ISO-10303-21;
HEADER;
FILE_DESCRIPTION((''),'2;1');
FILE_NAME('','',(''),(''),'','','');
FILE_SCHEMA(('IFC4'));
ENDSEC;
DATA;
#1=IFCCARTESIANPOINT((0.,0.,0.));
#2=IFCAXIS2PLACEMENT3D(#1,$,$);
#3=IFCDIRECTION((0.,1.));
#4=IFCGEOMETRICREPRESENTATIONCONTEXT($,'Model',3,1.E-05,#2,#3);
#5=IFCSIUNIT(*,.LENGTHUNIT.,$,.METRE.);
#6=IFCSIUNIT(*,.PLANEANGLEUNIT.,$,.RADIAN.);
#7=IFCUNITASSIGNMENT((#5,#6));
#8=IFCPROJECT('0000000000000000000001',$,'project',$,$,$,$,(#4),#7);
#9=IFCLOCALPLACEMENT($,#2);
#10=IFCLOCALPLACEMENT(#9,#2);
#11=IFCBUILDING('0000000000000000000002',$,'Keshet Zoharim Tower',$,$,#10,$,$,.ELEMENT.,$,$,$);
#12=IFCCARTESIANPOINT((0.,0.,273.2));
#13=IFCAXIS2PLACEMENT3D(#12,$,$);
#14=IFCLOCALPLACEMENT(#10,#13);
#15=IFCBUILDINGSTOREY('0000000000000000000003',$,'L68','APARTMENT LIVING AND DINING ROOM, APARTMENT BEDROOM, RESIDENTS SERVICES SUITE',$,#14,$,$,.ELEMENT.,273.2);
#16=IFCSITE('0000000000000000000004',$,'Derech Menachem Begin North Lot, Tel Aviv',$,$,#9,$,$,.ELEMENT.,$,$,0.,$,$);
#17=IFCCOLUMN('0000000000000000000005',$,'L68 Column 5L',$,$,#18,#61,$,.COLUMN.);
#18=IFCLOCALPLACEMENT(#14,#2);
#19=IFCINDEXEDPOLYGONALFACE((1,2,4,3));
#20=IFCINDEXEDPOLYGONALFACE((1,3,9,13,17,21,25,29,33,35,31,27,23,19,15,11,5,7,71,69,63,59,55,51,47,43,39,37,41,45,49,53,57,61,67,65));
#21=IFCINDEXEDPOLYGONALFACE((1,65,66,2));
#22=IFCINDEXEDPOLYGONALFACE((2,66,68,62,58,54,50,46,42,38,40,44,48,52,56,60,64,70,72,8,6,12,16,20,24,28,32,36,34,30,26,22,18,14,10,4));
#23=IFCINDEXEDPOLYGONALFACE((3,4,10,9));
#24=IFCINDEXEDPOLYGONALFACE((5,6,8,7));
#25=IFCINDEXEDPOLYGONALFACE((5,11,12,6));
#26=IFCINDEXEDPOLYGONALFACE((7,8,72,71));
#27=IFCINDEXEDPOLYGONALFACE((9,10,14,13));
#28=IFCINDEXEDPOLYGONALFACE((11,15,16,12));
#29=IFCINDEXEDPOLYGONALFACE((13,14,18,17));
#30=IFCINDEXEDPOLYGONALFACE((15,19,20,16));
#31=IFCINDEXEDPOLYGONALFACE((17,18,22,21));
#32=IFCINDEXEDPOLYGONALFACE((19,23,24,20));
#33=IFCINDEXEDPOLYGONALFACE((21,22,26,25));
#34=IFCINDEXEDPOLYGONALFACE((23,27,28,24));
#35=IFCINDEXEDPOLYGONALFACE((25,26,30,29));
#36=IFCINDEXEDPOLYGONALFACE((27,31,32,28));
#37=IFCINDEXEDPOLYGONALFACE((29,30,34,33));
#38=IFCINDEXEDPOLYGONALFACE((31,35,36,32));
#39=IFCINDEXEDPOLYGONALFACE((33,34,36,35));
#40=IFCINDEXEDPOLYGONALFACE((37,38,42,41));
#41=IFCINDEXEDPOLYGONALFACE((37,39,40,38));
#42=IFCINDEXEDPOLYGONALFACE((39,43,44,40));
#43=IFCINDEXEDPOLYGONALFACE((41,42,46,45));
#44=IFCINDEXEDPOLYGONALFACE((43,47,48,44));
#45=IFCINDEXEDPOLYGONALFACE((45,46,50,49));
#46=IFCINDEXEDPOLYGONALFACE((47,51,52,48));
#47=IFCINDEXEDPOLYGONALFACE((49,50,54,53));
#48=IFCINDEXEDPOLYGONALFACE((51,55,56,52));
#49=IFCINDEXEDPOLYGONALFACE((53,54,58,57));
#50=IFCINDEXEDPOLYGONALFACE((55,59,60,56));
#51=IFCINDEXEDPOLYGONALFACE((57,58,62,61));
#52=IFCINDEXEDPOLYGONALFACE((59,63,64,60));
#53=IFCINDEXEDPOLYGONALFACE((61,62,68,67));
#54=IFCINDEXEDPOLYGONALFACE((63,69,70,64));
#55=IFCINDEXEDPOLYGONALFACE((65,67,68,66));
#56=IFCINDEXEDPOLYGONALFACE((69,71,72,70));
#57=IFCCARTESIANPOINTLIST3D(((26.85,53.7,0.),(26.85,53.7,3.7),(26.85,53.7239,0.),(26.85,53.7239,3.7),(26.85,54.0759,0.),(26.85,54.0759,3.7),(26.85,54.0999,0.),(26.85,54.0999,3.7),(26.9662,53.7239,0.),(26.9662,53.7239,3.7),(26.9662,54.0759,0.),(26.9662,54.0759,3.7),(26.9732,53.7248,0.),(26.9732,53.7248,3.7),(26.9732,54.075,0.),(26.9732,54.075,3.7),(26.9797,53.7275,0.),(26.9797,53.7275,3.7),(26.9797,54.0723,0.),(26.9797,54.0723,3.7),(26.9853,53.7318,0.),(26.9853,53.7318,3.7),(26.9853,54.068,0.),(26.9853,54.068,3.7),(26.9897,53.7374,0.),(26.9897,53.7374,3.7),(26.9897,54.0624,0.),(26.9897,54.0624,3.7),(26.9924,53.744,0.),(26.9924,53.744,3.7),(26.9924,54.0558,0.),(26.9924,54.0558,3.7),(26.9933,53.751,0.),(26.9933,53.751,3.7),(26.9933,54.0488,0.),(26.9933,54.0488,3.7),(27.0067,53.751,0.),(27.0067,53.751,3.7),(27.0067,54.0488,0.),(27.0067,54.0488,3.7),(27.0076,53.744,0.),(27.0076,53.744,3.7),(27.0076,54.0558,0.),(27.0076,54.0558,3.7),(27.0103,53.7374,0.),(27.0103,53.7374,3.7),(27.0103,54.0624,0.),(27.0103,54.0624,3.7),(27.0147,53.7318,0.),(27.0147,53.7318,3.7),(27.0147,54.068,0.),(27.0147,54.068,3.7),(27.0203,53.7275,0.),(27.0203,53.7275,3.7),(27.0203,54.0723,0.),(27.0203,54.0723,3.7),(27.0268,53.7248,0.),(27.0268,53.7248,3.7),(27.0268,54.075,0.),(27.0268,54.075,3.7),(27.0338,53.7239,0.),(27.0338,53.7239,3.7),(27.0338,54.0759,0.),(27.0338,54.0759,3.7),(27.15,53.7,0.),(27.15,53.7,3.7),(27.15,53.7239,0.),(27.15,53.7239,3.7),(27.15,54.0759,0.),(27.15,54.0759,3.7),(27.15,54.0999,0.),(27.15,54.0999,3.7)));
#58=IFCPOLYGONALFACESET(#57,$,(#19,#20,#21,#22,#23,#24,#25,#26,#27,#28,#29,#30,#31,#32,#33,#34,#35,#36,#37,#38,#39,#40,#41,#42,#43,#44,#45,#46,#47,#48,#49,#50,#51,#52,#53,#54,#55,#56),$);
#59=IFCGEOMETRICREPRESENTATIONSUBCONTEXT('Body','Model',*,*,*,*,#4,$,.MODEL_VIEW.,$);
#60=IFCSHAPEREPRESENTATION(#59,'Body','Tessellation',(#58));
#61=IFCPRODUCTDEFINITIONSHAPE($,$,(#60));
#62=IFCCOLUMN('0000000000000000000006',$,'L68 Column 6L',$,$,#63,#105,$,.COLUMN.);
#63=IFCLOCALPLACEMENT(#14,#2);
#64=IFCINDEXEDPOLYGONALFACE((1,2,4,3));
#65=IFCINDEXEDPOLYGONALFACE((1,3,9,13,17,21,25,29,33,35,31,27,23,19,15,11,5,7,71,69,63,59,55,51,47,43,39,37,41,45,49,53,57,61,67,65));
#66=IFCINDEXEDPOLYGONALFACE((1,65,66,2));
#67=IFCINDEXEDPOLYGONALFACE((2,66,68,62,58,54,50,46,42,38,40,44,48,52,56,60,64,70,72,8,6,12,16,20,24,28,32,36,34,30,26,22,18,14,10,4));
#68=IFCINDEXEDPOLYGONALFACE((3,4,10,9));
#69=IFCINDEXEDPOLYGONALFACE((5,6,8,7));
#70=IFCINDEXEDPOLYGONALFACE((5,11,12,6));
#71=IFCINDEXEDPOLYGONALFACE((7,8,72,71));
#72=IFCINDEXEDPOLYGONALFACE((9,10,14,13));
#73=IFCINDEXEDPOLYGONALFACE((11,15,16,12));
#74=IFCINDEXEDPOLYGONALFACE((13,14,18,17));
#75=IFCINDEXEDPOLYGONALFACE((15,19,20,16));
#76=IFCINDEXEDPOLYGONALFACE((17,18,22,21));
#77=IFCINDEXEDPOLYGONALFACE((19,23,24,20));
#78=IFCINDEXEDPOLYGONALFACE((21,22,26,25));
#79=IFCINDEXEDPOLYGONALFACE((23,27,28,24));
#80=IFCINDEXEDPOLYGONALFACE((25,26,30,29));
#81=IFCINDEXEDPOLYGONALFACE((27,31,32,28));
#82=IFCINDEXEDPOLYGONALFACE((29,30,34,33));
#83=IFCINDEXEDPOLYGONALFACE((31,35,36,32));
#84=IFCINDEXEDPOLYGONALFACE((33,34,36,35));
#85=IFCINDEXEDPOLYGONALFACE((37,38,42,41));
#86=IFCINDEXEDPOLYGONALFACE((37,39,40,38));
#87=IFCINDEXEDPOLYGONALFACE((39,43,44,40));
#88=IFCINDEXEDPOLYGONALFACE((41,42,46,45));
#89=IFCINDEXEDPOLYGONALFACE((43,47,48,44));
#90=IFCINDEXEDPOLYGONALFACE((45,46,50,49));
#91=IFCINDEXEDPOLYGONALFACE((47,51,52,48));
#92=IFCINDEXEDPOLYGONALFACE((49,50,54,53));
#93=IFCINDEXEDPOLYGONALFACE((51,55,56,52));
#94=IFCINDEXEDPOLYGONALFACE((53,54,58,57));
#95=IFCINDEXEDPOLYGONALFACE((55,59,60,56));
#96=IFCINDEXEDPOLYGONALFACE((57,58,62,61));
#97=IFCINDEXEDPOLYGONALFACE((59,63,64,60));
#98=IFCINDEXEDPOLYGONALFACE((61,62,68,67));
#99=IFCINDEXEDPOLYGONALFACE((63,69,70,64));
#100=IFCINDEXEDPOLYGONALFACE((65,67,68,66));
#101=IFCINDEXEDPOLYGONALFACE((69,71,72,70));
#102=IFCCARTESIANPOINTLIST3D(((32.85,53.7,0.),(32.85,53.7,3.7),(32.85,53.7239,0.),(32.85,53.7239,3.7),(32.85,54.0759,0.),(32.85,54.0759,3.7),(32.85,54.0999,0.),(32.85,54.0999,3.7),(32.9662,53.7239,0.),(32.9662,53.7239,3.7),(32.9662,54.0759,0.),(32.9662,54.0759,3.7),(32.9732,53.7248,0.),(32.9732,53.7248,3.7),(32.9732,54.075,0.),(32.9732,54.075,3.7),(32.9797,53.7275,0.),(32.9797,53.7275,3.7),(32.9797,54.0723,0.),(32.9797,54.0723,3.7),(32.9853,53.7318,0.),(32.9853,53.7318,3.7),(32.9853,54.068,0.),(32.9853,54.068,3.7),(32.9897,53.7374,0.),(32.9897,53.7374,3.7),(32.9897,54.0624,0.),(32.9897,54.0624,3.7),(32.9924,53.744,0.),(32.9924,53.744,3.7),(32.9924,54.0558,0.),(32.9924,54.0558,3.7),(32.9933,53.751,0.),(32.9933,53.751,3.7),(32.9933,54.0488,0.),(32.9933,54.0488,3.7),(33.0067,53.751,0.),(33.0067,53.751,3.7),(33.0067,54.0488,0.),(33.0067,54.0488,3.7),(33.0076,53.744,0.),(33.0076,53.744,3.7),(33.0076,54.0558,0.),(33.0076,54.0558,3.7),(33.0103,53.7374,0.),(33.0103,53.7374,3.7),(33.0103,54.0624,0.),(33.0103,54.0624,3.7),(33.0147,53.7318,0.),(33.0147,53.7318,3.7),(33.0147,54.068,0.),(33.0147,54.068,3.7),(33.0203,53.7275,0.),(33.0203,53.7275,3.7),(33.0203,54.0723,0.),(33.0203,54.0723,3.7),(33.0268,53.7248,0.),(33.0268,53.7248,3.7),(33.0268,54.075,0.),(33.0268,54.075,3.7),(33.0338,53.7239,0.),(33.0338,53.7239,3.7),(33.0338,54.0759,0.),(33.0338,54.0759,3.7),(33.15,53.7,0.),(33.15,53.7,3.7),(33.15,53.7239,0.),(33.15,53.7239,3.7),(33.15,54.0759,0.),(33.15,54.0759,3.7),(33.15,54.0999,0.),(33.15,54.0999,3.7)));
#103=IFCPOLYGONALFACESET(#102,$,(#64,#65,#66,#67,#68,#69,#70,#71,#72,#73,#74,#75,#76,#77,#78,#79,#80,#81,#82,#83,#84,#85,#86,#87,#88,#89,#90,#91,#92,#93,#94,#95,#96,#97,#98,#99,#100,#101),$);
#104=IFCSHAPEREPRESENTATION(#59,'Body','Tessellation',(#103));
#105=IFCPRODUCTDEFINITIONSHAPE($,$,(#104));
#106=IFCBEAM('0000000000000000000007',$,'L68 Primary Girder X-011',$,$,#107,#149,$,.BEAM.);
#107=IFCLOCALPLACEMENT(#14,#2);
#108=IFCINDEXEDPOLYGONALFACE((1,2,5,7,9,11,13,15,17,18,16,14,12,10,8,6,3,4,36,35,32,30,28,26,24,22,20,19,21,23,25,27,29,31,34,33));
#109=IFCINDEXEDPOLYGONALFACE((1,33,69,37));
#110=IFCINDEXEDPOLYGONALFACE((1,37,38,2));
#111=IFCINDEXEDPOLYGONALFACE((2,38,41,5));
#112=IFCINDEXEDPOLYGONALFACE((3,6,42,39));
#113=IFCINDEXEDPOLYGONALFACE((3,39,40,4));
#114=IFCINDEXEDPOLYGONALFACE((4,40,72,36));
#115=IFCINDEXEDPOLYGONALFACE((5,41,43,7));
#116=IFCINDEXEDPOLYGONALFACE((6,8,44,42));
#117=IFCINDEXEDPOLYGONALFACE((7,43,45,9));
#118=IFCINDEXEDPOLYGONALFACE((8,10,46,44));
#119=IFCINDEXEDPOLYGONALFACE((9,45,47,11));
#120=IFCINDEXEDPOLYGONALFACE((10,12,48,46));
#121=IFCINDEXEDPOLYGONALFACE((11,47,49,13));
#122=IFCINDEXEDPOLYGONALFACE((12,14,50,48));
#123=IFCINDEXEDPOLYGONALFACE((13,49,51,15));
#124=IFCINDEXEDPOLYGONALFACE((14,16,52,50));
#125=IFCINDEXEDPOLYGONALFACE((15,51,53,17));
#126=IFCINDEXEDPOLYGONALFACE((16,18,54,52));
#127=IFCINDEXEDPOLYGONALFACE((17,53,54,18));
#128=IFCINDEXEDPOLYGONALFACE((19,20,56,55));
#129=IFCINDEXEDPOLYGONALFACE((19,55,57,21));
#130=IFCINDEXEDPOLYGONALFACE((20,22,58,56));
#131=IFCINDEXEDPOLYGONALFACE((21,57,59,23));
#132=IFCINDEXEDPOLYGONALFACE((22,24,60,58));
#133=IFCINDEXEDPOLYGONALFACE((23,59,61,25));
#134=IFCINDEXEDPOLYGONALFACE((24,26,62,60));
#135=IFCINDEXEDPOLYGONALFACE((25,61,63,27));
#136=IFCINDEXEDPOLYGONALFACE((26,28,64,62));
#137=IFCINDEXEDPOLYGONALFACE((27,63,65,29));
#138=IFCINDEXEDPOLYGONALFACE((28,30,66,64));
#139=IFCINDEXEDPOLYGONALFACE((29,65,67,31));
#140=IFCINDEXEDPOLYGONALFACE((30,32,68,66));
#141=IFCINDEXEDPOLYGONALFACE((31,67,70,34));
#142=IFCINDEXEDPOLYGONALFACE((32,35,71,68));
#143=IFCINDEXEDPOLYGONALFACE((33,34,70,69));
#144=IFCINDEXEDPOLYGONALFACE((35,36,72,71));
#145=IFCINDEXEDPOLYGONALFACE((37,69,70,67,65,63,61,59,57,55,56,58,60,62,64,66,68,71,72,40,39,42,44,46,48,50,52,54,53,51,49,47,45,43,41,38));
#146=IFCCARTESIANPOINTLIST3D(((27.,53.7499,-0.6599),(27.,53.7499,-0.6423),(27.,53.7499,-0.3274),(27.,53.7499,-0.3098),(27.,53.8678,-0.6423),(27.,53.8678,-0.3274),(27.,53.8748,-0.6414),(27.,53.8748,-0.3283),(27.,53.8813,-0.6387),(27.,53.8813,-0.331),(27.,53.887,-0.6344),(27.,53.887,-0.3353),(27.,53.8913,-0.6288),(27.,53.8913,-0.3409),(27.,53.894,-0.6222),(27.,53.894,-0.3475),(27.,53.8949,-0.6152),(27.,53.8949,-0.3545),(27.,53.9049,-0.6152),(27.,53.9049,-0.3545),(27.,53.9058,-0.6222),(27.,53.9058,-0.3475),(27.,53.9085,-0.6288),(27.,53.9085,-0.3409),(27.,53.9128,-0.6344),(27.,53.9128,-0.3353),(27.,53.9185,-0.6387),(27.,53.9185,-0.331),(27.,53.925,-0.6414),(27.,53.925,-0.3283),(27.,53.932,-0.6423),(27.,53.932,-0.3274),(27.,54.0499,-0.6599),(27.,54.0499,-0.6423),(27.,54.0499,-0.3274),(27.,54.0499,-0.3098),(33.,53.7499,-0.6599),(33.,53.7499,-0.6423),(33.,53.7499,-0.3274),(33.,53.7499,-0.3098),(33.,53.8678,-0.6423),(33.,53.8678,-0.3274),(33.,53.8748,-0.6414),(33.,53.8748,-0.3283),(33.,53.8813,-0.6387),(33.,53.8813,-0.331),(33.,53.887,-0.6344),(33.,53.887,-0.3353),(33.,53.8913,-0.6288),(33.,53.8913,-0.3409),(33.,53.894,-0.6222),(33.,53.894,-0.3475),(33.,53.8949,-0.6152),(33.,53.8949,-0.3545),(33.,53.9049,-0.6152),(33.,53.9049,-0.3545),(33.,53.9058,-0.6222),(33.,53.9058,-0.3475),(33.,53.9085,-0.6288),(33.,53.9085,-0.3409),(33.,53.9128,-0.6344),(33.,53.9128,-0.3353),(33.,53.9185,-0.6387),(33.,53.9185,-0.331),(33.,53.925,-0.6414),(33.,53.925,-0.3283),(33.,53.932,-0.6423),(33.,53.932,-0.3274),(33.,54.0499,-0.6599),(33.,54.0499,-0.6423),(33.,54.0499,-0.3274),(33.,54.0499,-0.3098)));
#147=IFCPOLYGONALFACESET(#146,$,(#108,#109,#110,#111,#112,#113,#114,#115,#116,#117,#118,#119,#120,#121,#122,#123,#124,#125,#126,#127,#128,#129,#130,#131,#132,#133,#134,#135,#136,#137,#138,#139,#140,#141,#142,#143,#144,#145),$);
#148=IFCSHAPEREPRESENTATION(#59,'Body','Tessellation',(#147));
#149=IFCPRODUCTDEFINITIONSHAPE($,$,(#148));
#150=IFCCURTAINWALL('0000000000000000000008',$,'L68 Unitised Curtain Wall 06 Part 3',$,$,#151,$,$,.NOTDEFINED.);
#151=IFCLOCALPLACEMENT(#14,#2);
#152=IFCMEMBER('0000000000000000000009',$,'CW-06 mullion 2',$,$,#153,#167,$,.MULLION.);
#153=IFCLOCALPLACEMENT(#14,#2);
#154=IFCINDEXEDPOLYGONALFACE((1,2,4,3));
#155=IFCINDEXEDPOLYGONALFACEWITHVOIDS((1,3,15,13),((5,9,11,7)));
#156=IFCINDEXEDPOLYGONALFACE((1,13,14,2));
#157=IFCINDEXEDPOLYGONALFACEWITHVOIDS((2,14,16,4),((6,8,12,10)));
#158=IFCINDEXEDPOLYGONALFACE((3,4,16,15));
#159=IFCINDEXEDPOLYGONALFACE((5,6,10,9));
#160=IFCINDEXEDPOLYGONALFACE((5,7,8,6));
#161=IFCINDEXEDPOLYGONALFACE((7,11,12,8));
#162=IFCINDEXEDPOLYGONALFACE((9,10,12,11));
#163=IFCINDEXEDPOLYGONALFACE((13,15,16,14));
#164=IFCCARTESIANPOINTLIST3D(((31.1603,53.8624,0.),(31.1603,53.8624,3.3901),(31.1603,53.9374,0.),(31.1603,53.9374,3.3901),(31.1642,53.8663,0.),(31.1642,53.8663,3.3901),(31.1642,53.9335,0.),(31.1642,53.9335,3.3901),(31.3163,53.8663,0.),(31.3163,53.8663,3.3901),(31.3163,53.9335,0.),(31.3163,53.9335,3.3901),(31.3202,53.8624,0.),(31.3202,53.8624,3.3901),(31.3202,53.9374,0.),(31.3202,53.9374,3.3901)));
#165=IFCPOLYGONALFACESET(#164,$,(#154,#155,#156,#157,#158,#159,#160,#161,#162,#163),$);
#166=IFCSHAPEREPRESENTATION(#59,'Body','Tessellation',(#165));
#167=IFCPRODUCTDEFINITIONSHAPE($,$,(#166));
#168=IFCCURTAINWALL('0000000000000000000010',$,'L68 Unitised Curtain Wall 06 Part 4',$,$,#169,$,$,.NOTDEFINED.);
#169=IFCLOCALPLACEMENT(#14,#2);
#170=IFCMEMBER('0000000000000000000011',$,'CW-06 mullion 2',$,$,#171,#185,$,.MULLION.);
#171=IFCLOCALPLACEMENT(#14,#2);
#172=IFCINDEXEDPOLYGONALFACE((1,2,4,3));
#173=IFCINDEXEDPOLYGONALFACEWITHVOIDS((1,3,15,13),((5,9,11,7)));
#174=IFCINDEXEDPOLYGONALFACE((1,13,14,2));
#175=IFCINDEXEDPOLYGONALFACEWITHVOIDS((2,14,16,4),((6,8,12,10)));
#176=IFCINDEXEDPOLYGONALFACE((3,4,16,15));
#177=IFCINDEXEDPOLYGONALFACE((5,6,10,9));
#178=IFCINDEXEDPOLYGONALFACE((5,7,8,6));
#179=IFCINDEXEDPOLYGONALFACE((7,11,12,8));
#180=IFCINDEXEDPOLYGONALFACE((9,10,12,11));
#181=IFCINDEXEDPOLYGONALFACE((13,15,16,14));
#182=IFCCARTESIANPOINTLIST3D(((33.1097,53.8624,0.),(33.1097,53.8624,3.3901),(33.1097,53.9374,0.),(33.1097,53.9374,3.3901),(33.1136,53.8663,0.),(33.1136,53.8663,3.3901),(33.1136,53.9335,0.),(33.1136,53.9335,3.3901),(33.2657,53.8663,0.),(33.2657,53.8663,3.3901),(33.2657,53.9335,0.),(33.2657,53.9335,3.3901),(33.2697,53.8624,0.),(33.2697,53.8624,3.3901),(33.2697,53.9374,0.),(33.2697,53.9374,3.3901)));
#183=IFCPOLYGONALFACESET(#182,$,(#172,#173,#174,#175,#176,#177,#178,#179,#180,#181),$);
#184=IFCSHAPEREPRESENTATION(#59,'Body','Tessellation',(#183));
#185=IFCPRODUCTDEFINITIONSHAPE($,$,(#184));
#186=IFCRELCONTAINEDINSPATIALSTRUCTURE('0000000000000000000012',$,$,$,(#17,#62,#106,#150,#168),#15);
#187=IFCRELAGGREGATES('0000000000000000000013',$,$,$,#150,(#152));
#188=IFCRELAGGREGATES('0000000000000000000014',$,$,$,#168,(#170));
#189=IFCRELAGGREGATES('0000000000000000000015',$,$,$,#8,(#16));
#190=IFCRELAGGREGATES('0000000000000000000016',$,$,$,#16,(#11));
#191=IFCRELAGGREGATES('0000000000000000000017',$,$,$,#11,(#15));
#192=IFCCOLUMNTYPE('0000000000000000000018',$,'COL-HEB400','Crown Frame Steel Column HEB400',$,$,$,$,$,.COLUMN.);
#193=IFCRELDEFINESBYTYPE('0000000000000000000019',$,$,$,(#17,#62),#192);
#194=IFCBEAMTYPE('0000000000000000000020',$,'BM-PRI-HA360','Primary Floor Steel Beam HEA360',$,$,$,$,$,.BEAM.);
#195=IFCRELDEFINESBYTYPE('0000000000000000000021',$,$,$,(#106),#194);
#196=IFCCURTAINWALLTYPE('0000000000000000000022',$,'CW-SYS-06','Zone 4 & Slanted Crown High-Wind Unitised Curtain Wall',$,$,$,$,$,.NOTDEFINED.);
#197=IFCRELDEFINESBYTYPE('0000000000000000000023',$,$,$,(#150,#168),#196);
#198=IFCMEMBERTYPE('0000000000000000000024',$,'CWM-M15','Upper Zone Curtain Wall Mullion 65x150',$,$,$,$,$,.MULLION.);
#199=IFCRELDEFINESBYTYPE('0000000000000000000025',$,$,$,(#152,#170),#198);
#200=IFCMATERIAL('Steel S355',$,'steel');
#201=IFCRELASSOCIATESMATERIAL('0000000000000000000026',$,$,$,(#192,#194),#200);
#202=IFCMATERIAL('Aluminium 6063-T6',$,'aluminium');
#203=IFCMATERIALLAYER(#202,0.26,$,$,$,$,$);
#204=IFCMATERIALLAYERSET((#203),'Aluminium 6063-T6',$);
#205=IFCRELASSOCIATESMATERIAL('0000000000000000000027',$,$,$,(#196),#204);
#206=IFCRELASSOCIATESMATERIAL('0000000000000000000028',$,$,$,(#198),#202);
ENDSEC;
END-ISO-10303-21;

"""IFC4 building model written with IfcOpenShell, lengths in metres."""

from ifc_helpers import new_model, si_unit, direction, frame, origin, origin_2d, place, context, subcontext, project, spatial, hollow_rectangle, i_section, extrude, material, layer, layer_set, material_profile, profile_set, type_object, element, aggregate, save


model = new_model("IFC4")

# Units and contexts
model_context = context("Model", 3, precision=1e-05, world=origin(), true_north=direction((0.0, 1.0)))
body_context = subcontext(model_context, "Body", "Model", "MODEL_VIEW")
ifc_project = project(units=[si_unit("LENGTHUNIT", "METRE"), si_unit("PLANEANGLEUNIT", "RADIAN")], contexts=[model_context])

# Site, building, storey
site_placement = place(None, origin())
site = spatial("IfcSite", under=ifc_project, at=site_placement, Name="Derech Menachem Begin North Lot, Tel Aviv", CompositionType="ELEMENT", RefElevation=0.0)
building_placement = place(site_placement, origin())
building = spatial("IfcBuilding", under=site, at=building_placement, Name="Keshet Zoharim Tower", CompositionType="ELEMENT")
storey_placement = place(building_placement, frame((0.0, 0.0, 273.2)))
storey = spatial("IfcBuildingStorey", under=building, at=storey_placement, Name="L68", Description="APARTMENT LIVING AND DINING ROOM, APARTMENT BEDROOM, RESIDENTS SERVICES SUITE", CompositionType="ELEMENT", Elevation=273.2)

# Columns
ifc_material_1 = material(Name="Steel S355", Category="steel")
ifc_material_profile_1 = material_profile(ifc_material_1, i_section(OverallWidth=0.3, OverallDepth=0.3999, WebThickness=0.0134, FlangeThickness=0.0239, FilletRadius=0.0271, at=origin_2d()), Name="HEB400")
ifc_profile_set_1 = profile_set([ifc_material_profile_1], Name="Steel S355")
column_type = type_object("IfcColumnType", Name="COL-HEB400", Description="Crown Frame Steel Column HEB400", PredefinedType="COLUMN", material=ifc_profile_set_1)
for number, where, z_axis, x_axis, name in (
    (1, (27.0, 53.8999, 0.0), (0.0, 0.0, 1.0), (1.0, 0.0, 0.0), "L68 Column 5L"),
    (2, (33.0, 53.8999, 0.0), (0.0, 0.0, 1.0), (1.0, 0.0, 0.0), "L68 Column 6L"),
):
    element("IfcColumn", number, at=place(storey_placement, frame(where, z_axis=z_axis, x_axis=x_axis)), inside=storey, type_object=column_type, Name=name, PredefinedType="COLUMN", context=body_context, shape_type="SweptSolid", body=[
        extrude(i_section(OverallWidth=0.3, OverallDepth=0.3999, WebThickness=0.0134, FlangeThickness=0.0239, FilletRadius=0.0271, at=origin_2d()), origin(), (0.0, 0.0, 1.0), 3.7),
    ])

# Beam
ifc_material_profile_2 = material_profile(ifc_material_1, i_section(OverallWidth=0.3, OverallDepth=0.3501, WebThickness=0.01, FlangeThickness=0.0176, FilletRadius=0.0271, at=origin_2d()), Name="HEA360")
ifc_profile_set_2 = profile_set([ifc_material_profile_2], Name="Steel S355")
beam_type = type_object("IfcBeamType", Name="BM-PRI-HA360", Description="Primary Floor Steel Beam HEA360", PredefinedType="BEAM", material=ifc_profile_set_2)
beam_placement = place(storey_placement, frame((27.0, 53.8999, -0.4849), z_axis=(1.0, 0.0, 0.0), x_axis=(0.0, 1.0, 0.0)))
element("IfcBeam", 3, at=beam_placement, inside=storey, type_object=beam_type, Name="L68 Primary Girder X-011", PredefinedType="BEAM", context=body_context, shape_type="SweptSolid", body=[
    extrude(i_section(OverallWidth=0.3, OverallDepth=0.3501, WebThickness=0.01, FlangeThickness=0.0176, FilletRadius=0.0271, at=origin_2d()), origin(), (0.0, 0.0, 1.0), 6.0),
])

# Curtain wall, member
ifc_material_2 = material(Name="Aluminium 6063-T6", Category="aluminium")
ifc_layer_1 = layer(ifc_material_2, 0.26)
ifc_layer_set_1 = layer_set([ifc_layer_1], Name="Aluminium 6063-T6")
curtain_wall_type = type_object("IfcCurtainWallType", Name="CW-SYS-06", Description="Zone 4 & Slanted Crown High-Wind Unitised Curtain Wall", PredefinedType="NOTDEFINED", material=ifc_layer_set_1)
curtain_wall_1_placement = place(storey_placement, origin())
curtain_wall_1 = element("IfcCurtainWall", 4, at=curtain_wall_1_placement, inside=storey, type_object=curtain_wall_type, Name="L68 Unitised Curtain Wall 06 Part 3", PredefinedType="NOTDEFINED")
ifc_material_profile_3 = material_profile(ifc_material_2, hollow_rectangle(XDim=0.075, YDim=0.1599, WallThickness=0.0039, at=origin_2d()), Name="MUL-75x160")
ifc_profile_set_3 = profile_set([ifc_material_profile_3], Name="Aluminium 6063-T6")
member_type_1 = type_object("IfcMemberType", Name="CWM-M15", Description="Upper Zone Curtain Wall Mullion 65x150", PredefinedType="MULLION", material=ifc_profile_set_3)
member_1_placement = place(storey_placement, frame((31.2402, 53.8999, 0.0), z_axis=(0.0, 0.0, 1.0), x_axis=(0.0, 1.0, 0.0)))
member_1 = element("IfcMember", 5, at=member_1_placement, type_object=member_type_1, Name="CW-06 mullion 2", PredefinedType="MULLION", context=body_context, shape_type="SweptSolid", body=[
    extrude(hollow_rectangle(XDim=0.075, YDim=0.1599, WallThickness=0.0039, at=origin_2d()), origin(), (0.0, 0.0, 1.0), 3.3901),
])

# Curtain wall, member
curtain_wall_2_placement = place(storey_placement, origin())
curtain_wall_2 = element("IfcCurtainWall", 6, at=curtain_wall_2_placement, inside=storey, type_object=curtain_wall_type, Name="L68 Unitised Curtain Wall 06 Part 4", PredefinedType="NOTDEFINED")
member_2_placement = place(storey_placement, frame((33.1897, 53.8999, 0.0), z_axis=(0.0, 0.0, 1.0), x_axis=(0.0, 1.0, 0.0)))
member_2 = element("IfcMember", 7, at=member_2_placement, type_object=member_type_1, Name="CW-06 mullion 2", PredefinedType="MULLION", context=body_context, shape_type="SweptSolid", body=[
    extrude(hollow_rectangle(XDim=0.075, YDim=0.1599, WallThickness=0.0039, at=origin_2d()), origin(), (0.0, 0.0, 1.0), 3.3901),
])

aggregate(curtain_wall_1, [member_1])
aggregate(curtain_wall_2, [member_2])

save(model, "model.ifc")
